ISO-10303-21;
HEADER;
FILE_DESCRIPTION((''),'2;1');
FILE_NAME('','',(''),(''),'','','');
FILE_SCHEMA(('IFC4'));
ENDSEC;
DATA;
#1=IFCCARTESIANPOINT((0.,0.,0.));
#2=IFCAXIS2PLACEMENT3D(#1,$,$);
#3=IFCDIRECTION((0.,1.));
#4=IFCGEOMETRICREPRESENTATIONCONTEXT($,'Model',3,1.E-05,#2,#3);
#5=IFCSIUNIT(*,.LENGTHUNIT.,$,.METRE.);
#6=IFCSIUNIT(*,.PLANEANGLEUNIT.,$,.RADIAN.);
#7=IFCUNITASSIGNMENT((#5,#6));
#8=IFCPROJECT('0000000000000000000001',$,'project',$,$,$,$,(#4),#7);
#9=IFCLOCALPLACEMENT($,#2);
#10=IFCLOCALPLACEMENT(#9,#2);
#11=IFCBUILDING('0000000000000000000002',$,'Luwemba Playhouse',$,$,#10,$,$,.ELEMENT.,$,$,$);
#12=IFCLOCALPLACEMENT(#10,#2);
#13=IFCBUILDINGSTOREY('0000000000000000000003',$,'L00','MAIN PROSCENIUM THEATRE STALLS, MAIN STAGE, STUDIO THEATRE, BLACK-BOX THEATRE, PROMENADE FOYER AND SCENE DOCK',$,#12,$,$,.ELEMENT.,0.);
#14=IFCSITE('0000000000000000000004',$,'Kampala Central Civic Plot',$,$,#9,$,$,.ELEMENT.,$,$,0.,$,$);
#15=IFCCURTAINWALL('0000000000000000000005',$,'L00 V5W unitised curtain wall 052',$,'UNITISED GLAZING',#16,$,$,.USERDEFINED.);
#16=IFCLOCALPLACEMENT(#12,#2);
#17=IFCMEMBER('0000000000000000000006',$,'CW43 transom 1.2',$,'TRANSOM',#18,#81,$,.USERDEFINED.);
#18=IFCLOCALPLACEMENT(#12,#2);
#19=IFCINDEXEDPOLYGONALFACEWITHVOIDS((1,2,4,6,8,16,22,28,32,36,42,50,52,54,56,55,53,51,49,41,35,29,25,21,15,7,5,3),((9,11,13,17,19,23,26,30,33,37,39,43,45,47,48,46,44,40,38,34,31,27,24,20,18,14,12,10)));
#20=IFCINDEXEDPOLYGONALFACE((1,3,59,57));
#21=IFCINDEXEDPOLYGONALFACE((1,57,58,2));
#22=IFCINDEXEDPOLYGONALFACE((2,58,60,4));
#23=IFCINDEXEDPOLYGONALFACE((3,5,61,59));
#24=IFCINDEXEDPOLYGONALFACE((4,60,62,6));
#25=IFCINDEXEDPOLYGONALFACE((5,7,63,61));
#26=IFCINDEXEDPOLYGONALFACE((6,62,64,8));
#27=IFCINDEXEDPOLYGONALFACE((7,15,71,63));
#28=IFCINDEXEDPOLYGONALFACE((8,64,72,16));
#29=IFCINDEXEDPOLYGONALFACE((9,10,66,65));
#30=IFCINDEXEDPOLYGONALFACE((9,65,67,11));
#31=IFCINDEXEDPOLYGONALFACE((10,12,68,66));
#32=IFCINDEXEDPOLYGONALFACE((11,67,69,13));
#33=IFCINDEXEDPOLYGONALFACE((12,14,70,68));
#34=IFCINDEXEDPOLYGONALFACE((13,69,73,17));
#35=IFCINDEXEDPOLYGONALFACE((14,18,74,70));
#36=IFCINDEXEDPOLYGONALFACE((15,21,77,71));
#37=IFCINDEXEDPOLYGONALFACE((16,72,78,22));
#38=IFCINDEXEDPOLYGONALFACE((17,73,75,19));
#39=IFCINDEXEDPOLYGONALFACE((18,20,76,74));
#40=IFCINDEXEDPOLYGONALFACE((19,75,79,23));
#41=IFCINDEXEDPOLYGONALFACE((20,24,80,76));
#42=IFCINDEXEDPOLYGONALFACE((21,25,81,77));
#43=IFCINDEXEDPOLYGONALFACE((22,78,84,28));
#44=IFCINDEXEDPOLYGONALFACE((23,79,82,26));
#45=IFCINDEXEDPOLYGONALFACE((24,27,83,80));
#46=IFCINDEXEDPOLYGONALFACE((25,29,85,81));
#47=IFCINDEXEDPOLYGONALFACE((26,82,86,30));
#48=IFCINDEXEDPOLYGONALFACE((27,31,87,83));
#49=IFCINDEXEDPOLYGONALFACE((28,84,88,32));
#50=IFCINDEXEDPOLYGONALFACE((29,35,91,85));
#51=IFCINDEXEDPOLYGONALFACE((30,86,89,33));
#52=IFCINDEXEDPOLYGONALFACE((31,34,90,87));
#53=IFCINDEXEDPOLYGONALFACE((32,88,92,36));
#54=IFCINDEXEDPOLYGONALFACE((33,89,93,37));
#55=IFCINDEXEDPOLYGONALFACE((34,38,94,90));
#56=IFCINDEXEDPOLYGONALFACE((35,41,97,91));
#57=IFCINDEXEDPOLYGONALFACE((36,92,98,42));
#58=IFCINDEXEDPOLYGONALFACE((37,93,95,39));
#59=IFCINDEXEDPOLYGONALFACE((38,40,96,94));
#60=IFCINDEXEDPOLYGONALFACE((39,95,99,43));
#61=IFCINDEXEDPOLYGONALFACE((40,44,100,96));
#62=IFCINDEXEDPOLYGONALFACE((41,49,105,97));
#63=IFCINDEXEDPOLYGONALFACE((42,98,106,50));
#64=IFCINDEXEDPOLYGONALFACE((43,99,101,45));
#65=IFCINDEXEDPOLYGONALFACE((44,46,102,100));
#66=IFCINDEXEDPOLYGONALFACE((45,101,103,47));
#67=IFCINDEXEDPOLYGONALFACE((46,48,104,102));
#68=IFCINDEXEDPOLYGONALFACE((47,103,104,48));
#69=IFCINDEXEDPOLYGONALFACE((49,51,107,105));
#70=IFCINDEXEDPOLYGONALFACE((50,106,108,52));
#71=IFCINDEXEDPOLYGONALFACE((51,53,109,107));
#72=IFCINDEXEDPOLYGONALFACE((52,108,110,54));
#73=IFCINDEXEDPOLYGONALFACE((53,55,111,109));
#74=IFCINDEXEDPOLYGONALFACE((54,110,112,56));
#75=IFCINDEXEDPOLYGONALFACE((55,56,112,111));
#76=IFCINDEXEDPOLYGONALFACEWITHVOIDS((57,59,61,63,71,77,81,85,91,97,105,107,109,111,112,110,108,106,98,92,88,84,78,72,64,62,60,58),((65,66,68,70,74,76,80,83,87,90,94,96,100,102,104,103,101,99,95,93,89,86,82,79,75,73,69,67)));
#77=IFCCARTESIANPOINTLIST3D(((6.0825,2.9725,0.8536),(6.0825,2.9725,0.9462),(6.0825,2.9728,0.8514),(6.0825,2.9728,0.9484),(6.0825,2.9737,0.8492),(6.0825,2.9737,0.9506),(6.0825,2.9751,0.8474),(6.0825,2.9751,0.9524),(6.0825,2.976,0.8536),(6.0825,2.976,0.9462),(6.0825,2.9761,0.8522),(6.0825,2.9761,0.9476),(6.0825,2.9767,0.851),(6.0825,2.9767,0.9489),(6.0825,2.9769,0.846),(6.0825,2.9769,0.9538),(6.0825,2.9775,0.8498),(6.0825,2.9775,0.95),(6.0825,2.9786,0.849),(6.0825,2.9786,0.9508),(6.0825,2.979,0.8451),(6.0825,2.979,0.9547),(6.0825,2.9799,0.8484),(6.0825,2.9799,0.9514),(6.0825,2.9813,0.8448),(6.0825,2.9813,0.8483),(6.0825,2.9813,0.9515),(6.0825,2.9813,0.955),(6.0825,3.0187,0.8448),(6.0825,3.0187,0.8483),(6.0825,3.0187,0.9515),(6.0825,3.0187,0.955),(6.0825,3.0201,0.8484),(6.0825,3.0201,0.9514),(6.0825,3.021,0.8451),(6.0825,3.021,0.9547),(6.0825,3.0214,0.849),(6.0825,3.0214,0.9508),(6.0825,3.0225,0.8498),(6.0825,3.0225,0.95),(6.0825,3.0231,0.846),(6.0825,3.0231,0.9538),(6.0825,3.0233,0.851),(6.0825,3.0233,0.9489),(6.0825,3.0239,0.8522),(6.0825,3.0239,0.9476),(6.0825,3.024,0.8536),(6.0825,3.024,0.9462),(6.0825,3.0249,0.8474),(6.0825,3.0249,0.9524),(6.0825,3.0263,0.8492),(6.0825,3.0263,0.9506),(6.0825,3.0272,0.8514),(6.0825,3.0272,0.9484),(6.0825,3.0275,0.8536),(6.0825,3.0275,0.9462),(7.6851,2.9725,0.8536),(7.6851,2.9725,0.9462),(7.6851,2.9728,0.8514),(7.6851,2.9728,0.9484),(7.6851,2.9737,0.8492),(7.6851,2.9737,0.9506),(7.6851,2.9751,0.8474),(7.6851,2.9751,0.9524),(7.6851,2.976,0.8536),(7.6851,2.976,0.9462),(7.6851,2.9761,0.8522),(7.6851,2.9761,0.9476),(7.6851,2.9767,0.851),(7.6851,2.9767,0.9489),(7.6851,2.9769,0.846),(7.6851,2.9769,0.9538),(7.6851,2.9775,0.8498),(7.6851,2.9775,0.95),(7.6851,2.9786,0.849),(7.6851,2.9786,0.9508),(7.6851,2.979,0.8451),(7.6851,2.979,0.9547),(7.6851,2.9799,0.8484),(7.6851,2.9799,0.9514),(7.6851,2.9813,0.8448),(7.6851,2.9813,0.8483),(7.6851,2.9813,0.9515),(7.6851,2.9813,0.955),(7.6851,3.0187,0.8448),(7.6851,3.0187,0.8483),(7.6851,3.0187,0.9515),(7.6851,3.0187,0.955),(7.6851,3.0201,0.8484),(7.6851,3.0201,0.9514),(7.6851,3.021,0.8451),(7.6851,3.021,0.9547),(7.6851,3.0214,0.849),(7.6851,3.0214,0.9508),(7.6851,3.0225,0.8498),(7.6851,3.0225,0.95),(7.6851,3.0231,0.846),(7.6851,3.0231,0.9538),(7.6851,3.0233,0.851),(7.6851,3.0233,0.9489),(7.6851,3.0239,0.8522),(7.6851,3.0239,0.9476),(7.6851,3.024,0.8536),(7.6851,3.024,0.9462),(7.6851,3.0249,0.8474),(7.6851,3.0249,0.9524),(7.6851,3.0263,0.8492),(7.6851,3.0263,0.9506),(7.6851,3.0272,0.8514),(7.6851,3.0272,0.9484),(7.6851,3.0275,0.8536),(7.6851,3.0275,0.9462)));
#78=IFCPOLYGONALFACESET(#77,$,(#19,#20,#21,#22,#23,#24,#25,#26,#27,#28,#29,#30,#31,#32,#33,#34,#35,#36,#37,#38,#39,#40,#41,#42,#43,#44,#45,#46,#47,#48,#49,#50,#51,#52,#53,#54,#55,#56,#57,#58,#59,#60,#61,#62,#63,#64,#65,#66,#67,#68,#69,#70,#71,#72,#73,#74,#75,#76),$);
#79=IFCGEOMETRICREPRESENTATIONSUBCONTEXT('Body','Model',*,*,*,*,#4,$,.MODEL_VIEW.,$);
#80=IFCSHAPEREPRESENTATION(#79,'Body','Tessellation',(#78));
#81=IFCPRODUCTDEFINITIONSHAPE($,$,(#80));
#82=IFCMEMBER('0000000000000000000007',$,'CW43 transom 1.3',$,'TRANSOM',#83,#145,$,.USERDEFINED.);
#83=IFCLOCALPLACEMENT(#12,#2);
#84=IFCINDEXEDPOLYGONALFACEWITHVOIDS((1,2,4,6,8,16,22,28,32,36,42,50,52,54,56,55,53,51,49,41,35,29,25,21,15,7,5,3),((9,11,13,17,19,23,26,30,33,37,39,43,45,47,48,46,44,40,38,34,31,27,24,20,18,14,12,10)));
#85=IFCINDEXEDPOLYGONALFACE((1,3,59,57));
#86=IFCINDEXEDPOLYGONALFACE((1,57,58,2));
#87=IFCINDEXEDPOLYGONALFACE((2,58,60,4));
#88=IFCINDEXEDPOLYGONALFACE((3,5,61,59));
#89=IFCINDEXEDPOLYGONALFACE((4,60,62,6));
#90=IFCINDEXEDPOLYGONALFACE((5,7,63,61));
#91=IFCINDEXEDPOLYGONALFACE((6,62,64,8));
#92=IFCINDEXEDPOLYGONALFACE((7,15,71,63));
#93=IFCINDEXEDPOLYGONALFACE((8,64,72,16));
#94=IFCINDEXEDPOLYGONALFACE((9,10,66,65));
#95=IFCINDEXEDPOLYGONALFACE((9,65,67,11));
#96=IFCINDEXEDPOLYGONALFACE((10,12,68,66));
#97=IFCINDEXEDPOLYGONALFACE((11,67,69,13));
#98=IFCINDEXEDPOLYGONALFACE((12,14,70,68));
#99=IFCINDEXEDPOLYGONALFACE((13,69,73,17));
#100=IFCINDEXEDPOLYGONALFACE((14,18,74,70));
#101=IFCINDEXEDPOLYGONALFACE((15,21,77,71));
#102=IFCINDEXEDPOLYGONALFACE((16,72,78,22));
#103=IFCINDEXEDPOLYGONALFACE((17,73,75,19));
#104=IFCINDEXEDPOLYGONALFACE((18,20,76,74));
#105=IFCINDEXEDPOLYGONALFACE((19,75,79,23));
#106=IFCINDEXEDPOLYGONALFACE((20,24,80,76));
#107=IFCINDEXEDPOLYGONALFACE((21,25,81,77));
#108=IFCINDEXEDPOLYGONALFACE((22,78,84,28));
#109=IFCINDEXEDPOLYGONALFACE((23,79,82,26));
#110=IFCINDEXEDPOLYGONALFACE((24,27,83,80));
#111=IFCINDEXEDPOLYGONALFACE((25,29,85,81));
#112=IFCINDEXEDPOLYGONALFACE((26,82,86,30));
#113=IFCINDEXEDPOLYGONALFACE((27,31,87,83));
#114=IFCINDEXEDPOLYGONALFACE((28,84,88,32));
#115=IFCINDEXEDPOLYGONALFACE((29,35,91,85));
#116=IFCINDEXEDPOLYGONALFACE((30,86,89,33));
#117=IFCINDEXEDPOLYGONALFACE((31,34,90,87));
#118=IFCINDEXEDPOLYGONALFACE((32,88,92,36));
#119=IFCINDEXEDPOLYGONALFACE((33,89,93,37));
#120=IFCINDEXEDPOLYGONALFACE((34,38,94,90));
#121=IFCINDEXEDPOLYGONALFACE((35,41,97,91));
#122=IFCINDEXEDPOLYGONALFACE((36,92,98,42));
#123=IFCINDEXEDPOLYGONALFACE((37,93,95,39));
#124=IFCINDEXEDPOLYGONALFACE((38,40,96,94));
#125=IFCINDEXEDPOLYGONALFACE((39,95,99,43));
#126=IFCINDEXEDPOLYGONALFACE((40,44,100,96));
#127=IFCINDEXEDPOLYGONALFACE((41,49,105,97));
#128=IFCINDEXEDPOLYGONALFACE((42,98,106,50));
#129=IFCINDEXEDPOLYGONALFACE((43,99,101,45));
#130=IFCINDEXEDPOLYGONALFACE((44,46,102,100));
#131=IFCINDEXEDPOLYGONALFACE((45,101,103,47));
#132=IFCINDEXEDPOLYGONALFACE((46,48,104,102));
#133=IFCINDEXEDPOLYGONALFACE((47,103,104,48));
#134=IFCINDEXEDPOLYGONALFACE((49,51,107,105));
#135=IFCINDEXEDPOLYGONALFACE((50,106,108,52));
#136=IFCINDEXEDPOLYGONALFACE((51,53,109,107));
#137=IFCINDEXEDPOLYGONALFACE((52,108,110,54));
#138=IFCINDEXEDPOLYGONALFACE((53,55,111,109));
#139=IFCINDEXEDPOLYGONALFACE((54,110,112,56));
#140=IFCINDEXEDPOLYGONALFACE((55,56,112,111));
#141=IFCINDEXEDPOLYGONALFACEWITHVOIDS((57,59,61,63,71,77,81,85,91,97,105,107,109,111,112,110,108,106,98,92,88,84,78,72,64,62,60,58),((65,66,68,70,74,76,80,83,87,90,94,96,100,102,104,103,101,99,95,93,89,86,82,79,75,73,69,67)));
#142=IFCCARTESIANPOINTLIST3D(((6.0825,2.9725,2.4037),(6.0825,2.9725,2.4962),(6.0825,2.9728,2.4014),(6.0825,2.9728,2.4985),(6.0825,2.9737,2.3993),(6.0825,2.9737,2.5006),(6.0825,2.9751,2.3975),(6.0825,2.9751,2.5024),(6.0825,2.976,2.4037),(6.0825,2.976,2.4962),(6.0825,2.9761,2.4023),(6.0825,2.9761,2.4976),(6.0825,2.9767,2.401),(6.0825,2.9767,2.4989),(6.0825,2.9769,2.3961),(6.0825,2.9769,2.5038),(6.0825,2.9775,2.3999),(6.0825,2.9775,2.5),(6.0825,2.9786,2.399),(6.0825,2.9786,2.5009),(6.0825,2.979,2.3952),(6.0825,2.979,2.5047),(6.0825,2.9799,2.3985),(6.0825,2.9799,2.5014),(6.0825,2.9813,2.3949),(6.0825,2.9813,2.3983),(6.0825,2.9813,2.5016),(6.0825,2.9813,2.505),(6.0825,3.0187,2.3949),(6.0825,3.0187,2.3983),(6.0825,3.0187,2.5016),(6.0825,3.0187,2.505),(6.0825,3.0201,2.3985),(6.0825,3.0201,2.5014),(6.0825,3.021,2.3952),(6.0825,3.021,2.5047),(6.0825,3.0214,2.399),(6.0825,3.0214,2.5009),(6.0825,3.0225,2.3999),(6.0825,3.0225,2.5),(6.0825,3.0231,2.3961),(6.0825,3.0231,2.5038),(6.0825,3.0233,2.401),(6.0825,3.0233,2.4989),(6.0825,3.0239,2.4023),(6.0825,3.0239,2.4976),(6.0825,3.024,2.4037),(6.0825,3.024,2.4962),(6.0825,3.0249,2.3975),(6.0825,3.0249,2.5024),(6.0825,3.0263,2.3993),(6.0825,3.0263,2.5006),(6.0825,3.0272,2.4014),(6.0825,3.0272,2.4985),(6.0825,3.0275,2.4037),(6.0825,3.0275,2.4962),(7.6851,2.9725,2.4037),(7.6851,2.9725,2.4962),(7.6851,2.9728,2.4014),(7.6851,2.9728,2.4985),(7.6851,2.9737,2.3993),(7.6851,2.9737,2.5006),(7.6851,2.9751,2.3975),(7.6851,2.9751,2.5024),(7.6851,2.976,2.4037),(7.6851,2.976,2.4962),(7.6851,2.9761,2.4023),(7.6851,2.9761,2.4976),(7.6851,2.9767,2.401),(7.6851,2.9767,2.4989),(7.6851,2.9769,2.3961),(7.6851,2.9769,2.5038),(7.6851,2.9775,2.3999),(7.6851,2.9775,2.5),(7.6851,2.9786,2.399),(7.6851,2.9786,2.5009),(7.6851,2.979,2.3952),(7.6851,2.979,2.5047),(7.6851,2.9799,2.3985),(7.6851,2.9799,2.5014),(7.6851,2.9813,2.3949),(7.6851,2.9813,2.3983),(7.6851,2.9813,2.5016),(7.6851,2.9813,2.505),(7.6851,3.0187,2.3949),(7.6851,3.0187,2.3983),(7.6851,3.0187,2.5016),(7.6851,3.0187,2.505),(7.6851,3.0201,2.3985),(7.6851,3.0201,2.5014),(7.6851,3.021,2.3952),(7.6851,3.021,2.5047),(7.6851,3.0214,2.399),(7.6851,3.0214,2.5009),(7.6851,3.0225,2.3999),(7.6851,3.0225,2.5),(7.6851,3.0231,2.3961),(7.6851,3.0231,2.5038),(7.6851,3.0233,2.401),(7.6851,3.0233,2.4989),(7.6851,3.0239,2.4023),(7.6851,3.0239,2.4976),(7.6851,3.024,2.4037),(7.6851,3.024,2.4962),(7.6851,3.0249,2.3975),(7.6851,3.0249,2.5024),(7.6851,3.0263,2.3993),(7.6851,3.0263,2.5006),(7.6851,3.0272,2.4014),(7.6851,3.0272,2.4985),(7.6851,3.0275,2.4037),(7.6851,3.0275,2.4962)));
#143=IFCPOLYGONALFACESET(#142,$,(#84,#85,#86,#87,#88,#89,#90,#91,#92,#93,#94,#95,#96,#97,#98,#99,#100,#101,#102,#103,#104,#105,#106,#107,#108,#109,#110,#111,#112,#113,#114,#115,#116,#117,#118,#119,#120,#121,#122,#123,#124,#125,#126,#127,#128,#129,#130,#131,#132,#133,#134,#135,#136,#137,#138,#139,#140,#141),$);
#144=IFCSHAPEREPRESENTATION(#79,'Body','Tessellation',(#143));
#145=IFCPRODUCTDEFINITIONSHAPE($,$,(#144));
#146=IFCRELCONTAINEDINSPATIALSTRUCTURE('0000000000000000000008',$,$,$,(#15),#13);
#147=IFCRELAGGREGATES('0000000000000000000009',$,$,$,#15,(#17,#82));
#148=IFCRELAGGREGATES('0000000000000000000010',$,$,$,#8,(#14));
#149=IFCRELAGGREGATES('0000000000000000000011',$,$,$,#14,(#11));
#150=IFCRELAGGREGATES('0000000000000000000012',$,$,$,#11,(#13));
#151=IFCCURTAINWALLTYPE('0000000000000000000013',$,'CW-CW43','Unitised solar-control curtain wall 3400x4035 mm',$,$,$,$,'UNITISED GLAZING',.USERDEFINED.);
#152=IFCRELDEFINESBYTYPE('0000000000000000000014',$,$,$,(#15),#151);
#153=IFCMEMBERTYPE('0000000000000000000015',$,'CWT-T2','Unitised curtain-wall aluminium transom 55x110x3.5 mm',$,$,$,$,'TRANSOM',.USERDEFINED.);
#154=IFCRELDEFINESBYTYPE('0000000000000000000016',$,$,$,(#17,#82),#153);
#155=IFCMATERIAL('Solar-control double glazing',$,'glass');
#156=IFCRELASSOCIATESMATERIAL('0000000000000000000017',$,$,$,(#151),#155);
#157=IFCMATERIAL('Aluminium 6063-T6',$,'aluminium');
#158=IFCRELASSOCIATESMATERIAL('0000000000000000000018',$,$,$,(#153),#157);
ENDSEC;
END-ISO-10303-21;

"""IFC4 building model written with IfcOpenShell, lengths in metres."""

from ifc_helpers import new_model, si_unit, direction, frame, origin, origin_2d, place, context, subcontext, project, spatial, hollow_rectangle, extrude, material, material_profile, profile_set, type_object, element, aggregate, save


model = new_model("IFC4")

# Units and contexts
model_context = context("Model", 3, precision=1e-05, world=origin(), true_north=direction((0.0, 1.0)))
body_context = subcontext(model_context, "Body", "Model", "MODEL_VIEW")
ifc_project = project(units=[si_unit("LENGTHUNIT", "METRE"), si_unit("PLANEANGLEUNIT", "RADIAN")], contexts=[model_context])

# Site, building, storey
site_placement = place(None, origin())
site = spatial("IfcSite", under=ifc_project, at=site_placement, Name="Kampala Central Civic Plot", CompositionType="ELEMENT", RefElevation=0.0)
building_placement = place(site_placement, origin())
building = spatial("IfcBuilding", under=site, at=building_placement, Name="Luwemba Playhouse", CompositionType="ELEMENT")
storey_placement = place(building_placement, origin())
storey = spatial("IfcBuildingStorey", under=building, at=storey_placement, Name="L00", Description="MAIN PROSCENIUM THEATRE STALLS, MAIN STAGE, STUDIO THEATRE, BLACK-BOX THEATRE, PROMENADE FOYER AND SCENE DOCK", CompositionType="ELEMENT", Elevation=0.0)

# Curtain wall
ifc_material_1 = material(Name="Solar-control double glazing", Category="glass")
ifc_material_2 = material(Name="Aluminium 6063-T6", Category="aluminium")
curtain_wall_type_1 = type_object("IfcCurtainWallType", Name="CW-CW43", Description="Unitised solar-control curtain wall 3400x4035 mm", ElementType="UNITISED GLAZING", PredefinedType="USERDEFINED", material=ifc_material_1)
curtain_wall_1_placement = place(storey_placement, origin())
curtain_wall_1 = element("IfcCurtainWall", 1, at=curtain_wall_1_placement, inside=storey, type_object=curtain_wall_type_1, Name="L00 V5W unitised curtain wall 052", ObjectType="UNITISED GLAZING", PredefinedType="USERDEFINED")

# Members
ifc_material_profile_1 = material_profile(ifc_material_2, hollow_rectangle(XDim=0.0549, YDim=0.1101, WallThickness=0.0034, InnerFilletRadius=0.0054, OuterFilletRadius=0.0088, at=origin_2d()))
ifc_profile_set_1 = profile_set([ifc_material_profile_1], Name="Aluminium 6063-T6")
member_type_1 = type_object("IfcMemberType", Name="CWT-T2", Description="Unitised curtain-wall aluminium transom 55x110x3.5 mm", ElementType="TRANSOM", PredefinedType="USERDEFINED", material=ifc_profile_set_1)
member_1_placement = place(storey_placement, frame((7.6851, 3.0, 0.8999), z_axis=(-1.0, 0.0, 0.0), x_axis=(0.0, -1.0, 0.0)))
member_1 = element("IfcMember", 2, at=member_1_placement, type_object=member_type_1, Name="CW43 transom 1.2", ObjectType="TRANSOM", PredefinedType="USERDEFINED", context=body_context, shape_type="SweptSolid", body=[
    extrude(hollow_rectangle(XDim=0.0549, YDim=0.1101, WallThickness=0.0034, InnerFilletRadius=0.0054, OuterFilletRadius=0.0088, at=origin_2d()), origin(), (0.0, 0.0, 1.0), 1.6025),
])
member_2_placement = place(storey_placement, frame((7.6851, 3.0, 2.45), z_axis=(-1.0, 0.0, 0.0), x_axis=(0.0, -1.0, 0.0)))
member_2 = element("IfcMember", 3, at=member_2_placement, type_object=member_type_1, Name="CW43 transom 1.3", ObjectType="TRANSOM", PredefinedType="USERDEFINED", context=body_context, shape_type="SweptSolid", body=[
    extrude(hollow_rectangle(XDim=0.0549, YDim=0.1101, WallThickness=0.0034, InnerFilletRadius=0.0054, OuterFilletRadius=0.0088, at=origin_2d()), origin(), (0.0, 0.0, 1.0), 1.6025),
])

aggregate(curtain_wall_1, [member_1, member_2])

save(model, "model.ifc")
